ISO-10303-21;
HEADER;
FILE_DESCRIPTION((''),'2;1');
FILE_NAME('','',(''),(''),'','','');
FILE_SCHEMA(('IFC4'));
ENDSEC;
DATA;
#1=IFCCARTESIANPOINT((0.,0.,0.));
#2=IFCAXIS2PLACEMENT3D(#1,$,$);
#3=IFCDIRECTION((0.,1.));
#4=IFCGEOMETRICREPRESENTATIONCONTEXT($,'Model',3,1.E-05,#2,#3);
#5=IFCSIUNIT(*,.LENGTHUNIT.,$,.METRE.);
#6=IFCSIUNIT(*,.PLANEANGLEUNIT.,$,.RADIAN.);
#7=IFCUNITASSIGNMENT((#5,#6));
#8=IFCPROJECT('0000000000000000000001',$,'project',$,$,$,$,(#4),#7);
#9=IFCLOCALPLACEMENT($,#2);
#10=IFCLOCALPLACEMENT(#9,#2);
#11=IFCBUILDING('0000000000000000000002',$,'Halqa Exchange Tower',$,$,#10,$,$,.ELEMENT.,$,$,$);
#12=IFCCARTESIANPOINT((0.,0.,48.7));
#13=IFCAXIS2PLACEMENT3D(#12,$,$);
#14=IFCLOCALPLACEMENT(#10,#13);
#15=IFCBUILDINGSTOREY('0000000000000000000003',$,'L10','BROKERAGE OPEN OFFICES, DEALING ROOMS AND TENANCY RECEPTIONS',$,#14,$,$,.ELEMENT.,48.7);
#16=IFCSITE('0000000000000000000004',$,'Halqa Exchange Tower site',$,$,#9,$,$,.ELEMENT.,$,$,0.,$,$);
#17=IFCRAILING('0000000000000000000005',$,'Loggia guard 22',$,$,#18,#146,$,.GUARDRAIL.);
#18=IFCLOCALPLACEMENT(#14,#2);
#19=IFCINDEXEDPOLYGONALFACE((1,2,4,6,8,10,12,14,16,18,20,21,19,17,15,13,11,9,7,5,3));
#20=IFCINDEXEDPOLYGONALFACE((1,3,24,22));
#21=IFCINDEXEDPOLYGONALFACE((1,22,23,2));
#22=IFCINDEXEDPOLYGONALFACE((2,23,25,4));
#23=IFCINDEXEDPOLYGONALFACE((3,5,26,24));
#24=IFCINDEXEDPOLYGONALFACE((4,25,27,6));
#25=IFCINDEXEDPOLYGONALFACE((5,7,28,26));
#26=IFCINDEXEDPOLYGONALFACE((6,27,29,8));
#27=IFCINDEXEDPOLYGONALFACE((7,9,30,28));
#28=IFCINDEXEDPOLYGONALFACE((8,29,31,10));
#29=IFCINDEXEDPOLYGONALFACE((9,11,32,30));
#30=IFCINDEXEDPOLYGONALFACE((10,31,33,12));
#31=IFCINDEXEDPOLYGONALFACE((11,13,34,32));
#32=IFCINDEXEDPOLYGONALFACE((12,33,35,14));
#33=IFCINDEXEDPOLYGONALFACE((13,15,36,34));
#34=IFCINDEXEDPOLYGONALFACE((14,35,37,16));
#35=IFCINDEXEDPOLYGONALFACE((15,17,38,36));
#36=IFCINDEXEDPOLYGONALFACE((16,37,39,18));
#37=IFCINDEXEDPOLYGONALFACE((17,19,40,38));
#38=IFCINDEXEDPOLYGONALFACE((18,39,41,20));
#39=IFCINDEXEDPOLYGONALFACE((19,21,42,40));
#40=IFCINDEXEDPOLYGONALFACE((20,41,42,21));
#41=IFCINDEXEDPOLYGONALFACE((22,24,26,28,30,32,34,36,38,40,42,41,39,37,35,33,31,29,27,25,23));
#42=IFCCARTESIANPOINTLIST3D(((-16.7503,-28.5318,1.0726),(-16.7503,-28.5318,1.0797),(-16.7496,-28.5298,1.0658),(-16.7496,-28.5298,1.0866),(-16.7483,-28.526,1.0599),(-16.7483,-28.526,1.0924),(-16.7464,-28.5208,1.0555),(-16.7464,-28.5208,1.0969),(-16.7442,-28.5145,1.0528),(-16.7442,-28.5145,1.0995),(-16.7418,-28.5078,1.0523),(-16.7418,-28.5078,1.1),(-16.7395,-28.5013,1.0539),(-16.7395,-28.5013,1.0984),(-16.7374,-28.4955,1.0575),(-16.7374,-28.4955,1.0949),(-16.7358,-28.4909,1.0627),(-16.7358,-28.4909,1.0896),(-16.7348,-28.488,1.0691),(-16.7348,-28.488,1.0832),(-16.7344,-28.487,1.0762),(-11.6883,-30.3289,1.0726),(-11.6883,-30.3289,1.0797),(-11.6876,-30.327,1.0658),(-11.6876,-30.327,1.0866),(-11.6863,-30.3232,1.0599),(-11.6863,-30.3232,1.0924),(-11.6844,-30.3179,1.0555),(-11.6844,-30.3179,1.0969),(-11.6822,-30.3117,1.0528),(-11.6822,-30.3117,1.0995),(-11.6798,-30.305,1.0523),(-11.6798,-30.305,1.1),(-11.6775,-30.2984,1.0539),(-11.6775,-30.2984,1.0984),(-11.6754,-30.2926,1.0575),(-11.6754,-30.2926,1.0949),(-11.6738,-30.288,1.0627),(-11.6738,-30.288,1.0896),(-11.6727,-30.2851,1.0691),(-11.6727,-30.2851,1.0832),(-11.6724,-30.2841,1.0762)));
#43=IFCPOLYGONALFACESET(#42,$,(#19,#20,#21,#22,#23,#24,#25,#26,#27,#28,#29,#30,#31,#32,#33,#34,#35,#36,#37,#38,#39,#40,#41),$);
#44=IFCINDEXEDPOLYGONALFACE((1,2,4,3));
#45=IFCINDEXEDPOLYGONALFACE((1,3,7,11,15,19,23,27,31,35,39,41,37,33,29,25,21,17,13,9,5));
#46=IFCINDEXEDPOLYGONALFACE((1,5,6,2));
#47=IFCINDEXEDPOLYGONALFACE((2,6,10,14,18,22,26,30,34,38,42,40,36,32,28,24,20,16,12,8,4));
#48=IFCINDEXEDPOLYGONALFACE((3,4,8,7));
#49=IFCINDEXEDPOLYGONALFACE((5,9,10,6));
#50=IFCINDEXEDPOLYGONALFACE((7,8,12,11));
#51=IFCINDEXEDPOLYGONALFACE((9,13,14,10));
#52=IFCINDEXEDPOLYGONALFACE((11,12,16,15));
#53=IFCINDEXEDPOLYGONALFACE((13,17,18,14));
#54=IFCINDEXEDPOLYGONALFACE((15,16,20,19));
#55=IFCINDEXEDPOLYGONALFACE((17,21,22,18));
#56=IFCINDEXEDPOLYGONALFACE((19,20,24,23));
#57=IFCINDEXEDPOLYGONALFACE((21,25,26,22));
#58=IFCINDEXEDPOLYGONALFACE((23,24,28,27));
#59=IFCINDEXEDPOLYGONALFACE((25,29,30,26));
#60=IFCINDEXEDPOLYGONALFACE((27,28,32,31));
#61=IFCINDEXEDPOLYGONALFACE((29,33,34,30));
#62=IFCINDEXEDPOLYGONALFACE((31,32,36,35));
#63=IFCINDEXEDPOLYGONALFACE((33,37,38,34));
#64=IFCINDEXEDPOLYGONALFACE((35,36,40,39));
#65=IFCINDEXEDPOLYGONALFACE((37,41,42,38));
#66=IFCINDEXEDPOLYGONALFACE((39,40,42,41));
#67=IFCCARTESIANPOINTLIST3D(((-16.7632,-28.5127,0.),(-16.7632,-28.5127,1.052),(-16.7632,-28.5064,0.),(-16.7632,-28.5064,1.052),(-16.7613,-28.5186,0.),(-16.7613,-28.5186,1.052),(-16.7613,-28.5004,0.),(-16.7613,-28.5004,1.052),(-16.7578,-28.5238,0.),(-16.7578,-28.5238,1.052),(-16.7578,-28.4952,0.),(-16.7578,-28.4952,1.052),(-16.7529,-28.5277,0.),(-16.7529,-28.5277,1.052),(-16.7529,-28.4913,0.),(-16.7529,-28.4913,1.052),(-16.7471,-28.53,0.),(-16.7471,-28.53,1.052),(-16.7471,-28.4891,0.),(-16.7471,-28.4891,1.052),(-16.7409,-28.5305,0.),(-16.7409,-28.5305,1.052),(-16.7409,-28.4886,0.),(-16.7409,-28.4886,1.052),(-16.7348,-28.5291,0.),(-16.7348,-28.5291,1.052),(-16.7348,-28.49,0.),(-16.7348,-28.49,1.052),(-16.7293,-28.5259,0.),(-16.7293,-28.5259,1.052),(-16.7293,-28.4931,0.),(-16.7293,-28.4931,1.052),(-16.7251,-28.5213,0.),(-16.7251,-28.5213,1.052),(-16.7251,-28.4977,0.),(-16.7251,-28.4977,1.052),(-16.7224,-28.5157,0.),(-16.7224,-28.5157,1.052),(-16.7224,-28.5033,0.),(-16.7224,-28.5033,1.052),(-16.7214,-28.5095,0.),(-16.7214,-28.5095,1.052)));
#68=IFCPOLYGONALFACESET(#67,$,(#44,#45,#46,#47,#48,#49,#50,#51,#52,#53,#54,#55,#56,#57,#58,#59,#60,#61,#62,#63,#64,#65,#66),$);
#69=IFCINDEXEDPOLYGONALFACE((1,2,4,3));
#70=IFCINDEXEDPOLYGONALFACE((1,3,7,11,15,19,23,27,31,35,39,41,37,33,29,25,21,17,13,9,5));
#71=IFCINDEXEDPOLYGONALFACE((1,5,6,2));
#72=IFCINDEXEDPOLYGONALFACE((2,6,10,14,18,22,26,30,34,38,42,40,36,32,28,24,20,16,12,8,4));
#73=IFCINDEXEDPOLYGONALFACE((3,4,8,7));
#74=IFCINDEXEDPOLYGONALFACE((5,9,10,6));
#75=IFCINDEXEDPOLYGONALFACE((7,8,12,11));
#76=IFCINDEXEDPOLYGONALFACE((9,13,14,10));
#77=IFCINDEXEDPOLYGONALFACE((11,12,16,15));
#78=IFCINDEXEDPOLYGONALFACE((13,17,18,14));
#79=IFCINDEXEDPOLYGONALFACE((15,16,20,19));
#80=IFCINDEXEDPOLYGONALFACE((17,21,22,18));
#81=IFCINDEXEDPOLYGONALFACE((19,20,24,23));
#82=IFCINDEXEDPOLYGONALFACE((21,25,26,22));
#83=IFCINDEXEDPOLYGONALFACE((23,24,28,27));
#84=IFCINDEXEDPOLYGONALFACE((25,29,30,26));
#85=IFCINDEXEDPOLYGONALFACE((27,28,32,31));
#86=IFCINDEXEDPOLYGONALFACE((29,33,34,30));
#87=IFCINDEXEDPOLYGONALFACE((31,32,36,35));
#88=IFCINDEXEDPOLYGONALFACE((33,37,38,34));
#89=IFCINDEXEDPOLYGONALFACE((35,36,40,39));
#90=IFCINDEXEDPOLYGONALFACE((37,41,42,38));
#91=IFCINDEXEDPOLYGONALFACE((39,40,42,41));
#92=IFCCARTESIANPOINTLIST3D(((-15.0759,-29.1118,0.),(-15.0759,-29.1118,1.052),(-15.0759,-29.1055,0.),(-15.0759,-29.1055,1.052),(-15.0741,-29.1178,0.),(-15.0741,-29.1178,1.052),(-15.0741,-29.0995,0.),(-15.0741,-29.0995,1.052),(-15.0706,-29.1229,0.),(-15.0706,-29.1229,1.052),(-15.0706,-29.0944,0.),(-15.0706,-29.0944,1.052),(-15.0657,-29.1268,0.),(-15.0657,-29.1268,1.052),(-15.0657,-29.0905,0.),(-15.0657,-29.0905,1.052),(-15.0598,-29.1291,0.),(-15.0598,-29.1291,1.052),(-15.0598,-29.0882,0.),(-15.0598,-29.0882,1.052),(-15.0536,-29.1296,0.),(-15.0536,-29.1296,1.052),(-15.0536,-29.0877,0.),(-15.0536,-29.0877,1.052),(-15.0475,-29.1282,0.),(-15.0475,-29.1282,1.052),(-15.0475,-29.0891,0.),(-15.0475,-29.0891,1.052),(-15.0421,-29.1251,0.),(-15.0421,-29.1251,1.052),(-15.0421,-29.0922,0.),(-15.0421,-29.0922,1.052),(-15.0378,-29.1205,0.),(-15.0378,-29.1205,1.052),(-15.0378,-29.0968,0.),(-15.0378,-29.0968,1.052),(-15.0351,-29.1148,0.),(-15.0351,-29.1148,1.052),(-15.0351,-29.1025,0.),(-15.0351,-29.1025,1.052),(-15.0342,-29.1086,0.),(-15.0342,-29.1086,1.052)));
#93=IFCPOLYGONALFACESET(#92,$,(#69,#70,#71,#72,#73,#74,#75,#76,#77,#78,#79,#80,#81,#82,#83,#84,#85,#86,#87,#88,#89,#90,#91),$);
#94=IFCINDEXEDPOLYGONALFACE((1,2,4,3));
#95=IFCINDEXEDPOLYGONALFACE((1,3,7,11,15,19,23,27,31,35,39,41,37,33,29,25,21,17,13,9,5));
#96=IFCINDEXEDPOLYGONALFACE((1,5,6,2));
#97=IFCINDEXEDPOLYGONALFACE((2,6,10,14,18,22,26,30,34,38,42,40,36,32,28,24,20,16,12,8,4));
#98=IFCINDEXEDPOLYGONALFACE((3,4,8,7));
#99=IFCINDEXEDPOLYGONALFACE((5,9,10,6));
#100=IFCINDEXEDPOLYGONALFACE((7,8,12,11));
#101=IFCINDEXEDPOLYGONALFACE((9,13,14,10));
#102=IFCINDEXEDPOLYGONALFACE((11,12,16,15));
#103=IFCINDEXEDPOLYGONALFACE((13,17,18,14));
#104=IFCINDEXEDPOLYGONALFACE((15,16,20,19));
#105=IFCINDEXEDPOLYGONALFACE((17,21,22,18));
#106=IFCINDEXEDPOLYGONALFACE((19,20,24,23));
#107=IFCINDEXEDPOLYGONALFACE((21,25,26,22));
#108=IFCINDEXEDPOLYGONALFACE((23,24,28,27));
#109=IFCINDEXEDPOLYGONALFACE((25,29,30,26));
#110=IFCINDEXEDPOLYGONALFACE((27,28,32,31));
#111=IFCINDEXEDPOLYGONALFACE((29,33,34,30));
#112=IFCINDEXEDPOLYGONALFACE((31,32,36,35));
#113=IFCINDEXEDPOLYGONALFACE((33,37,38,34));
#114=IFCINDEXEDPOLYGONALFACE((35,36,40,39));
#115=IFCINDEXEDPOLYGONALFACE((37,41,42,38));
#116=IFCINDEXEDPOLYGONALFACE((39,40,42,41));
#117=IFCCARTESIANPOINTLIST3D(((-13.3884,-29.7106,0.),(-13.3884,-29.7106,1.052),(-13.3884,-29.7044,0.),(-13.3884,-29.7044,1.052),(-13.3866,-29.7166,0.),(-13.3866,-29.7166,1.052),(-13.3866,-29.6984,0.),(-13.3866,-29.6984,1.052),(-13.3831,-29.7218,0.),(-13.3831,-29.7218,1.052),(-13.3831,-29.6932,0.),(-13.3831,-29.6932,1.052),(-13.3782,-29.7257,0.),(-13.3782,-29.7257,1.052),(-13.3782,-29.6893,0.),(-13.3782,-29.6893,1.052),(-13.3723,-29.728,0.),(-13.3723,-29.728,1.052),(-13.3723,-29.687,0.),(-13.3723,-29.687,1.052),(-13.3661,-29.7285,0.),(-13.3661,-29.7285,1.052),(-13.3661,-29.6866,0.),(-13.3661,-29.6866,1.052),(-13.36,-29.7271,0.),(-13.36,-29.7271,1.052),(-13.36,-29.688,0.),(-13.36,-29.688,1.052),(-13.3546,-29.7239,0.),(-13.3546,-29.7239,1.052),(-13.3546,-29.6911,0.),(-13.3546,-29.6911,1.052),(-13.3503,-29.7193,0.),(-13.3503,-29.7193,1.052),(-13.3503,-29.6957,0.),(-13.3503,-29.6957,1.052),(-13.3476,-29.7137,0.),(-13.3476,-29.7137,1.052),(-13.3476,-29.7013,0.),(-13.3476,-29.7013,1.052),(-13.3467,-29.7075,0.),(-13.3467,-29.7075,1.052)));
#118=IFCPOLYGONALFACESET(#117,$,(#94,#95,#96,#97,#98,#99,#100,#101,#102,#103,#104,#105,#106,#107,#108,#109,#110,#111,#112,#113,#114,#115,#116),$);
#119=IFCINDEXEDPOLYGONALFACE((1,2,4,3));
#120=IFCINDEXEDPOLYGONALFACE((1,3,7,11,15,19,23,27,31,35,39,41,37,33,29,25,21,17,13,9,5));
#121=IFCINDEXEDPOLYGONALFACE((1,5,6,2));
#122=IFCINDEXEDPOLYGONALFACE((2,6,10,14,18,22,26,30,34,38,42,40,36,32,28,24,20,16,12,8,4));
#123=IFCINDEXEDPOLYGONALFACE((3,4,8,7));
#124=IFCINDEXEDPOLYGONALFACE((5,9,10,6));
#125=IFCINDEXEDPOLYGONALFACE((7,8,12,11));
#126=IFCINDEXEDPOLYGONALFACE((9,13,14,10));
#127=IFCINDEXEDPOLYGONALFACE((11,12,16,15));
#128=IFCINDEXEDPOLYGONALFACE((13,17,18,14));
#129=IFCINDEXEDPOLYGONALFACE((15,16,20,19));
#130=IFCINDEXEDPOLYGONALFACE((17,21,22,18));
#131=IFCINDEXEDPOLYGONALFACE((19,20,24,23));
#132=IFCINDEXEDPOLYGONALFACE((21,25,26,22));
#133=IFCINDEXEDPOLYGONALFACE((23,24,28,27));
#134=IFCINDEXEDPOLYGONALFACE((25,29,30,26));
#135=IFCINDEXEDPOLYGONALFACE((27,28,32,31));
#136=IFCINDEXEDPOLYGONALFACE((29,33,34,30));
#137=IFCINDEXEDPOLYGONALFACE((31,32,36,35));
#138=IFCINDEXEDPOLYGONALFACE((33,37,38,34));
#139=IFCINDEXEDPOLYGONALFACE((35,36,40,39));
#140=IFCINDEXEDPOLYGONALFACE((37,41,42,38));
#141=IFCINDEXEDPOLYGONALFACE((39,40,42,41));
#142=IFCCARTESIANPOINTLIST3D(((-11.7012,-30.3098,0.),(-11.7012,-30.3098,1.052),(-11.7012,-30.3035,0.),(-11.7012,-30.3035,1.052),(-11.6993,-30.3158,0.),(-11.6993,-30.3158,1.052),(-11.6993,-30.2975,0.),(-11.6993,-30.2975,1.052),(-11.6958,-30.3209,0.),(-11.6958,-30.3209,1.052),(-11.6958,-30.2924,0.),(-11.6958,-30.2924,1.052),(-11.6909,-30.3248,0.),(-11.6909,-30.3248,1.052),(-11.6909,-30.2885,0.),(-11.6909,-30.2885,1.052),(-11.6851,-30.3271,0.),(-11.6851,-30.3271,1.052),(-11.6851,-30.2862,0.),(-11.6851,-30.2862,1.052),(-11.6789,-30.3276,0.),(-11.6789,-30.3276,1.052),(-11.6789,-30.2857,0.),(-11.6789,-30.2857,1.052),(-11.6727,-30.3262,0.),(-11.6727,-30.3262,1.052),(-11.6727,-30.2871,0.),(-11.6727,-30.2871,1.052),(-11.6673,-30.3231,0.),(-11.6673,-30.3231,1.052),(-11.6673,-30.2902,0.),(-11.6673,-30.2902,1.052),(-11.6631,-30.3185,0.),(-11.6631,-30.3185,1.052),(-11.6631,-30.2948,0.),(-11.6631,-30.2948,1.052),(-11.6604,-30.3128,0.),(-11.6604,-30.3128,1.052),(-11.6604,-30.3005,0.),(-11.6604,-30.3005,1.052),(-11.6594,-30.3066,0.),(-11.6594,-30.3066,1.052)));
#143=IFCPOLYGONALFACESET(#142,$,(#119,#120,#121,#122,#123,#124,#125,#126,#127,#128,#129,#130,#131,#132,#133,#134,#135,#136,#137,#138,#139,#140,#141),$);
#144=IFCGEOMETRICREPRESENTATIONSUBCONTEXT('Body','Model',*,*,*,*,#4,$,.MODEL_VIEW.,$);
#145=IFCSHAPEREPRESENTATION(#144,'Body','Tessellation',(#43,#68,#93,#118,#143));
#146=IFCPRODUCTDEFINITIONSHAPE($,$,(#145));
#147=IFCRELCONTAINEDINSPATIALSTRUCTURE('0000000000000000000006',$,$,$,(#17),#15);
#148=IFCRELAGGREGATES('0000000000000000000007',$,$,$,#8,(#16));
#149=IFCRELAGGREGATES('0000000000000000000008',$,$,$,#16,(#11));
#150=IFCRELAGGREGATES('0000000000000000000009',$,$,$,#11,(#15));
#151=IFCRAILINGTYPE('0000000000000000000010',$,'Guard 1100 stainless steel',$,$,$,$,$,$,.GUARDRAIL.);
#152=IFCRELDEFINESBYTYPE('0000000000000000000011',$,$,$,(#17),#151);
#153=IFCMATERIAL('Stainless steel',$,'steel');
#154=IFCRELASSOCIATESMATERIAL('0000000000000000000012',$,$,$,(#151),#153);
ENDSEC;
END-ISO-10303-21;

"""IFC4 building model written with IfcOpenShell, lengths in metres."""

from ifc_helpers import new_model, si_unit, direction, frame, origin, origin_2d, place, context, subcontext, project, spatial, circle, extrude, material, type_object, element, save


model = new_model("IFC4")

# Units and contexts
model_context = context("Model", 3, precision=1e-05, world=origin(), true_north=direction((0.0, 1.0)))
body_context = subcontext(model_context, "Body", "Model", "MODEL_VIEW")
ifc_project = project(units=[si_unit("LENGTHUNIT", "METRE"), si_unit("PLANEANGLEUNIT", "RADIAN")], contexts=[model_context])

# Site, building, storey
site_placement = place(None, origin())
site = spatial("IfcSite", under=ifc_project, at=site_placement, Name="Halqa Exchange Tower site", CompositionType="ELEMENT", RefElevation=0.0)
building_placement = place(site_placement, origin())
building = spatial("IfcBuilding", under=site, at=building_placement, Name="Halqa Exchange Tower", CompositionType="ELEMENT")
storey_placement = place(building_placement, frame((0.0, 0.0, 48.7)))
storey = spatial("IfcBuildingStorey", under=building, at=storey_placement, Name="L10", Description="BROKERAGE OPEN OFFICES, DEALING ROOMS AND TENANCY RECEPTIONS", CompositionType="ELEMENT", Elevation=48.7)

# Railing
ifc_material_1 = material(Name="Stainless steel", Category="steel")
railing_type = type_object("IfcRailingType", Name="Guard 1100 stainless steel", PredefinedType="GUARDRAIL", material=ifc_material_1)
railing_1_placement = place(storey_placement, frame((-16.7424, -28.5095, 0.0)))
element("IfcRailing", 1, at=railing_1_placement, inside=storey, type_object=railing_type, Name="Loggia guard 22", PredefinedType="GUARDRAIL", context=body_context, shape_type="SweptSolid", body=[
    extrude(circle(Radius=0.0239, at=origin_2d()), frame((0.0, 0.0, 1.0762), z_axis=(0.942374, -0.334562, 0.0), x_axis=(0.334562, 0.942374, 0.0)), (0.0, 0.0, 1.0), 5.3716),
    extrude(circle(Radius=0.021, at=origin_2d()), origin(), (0.0, 0.0, 1.0), 1.052),
    extrude(circle(Radius=0.021, at=origin_2d()), frame((1.6873, -0.5991, 0.0)), (0.0, 0.0, 1.0), 1.052),
    extrude(circle(Radius=0.021, at=origin_2d()), frame((3.3748, -1.198, 0.0)), (0.0, 0.0, 1.0), 1.052),
    extrude(circle(Radius=0.021, at=origin_2d()), frame((5.062, -1.7971, 0.0)), (0.0, 0.0, 1.0), 1.052),
])

save(model, "model.ifc")
